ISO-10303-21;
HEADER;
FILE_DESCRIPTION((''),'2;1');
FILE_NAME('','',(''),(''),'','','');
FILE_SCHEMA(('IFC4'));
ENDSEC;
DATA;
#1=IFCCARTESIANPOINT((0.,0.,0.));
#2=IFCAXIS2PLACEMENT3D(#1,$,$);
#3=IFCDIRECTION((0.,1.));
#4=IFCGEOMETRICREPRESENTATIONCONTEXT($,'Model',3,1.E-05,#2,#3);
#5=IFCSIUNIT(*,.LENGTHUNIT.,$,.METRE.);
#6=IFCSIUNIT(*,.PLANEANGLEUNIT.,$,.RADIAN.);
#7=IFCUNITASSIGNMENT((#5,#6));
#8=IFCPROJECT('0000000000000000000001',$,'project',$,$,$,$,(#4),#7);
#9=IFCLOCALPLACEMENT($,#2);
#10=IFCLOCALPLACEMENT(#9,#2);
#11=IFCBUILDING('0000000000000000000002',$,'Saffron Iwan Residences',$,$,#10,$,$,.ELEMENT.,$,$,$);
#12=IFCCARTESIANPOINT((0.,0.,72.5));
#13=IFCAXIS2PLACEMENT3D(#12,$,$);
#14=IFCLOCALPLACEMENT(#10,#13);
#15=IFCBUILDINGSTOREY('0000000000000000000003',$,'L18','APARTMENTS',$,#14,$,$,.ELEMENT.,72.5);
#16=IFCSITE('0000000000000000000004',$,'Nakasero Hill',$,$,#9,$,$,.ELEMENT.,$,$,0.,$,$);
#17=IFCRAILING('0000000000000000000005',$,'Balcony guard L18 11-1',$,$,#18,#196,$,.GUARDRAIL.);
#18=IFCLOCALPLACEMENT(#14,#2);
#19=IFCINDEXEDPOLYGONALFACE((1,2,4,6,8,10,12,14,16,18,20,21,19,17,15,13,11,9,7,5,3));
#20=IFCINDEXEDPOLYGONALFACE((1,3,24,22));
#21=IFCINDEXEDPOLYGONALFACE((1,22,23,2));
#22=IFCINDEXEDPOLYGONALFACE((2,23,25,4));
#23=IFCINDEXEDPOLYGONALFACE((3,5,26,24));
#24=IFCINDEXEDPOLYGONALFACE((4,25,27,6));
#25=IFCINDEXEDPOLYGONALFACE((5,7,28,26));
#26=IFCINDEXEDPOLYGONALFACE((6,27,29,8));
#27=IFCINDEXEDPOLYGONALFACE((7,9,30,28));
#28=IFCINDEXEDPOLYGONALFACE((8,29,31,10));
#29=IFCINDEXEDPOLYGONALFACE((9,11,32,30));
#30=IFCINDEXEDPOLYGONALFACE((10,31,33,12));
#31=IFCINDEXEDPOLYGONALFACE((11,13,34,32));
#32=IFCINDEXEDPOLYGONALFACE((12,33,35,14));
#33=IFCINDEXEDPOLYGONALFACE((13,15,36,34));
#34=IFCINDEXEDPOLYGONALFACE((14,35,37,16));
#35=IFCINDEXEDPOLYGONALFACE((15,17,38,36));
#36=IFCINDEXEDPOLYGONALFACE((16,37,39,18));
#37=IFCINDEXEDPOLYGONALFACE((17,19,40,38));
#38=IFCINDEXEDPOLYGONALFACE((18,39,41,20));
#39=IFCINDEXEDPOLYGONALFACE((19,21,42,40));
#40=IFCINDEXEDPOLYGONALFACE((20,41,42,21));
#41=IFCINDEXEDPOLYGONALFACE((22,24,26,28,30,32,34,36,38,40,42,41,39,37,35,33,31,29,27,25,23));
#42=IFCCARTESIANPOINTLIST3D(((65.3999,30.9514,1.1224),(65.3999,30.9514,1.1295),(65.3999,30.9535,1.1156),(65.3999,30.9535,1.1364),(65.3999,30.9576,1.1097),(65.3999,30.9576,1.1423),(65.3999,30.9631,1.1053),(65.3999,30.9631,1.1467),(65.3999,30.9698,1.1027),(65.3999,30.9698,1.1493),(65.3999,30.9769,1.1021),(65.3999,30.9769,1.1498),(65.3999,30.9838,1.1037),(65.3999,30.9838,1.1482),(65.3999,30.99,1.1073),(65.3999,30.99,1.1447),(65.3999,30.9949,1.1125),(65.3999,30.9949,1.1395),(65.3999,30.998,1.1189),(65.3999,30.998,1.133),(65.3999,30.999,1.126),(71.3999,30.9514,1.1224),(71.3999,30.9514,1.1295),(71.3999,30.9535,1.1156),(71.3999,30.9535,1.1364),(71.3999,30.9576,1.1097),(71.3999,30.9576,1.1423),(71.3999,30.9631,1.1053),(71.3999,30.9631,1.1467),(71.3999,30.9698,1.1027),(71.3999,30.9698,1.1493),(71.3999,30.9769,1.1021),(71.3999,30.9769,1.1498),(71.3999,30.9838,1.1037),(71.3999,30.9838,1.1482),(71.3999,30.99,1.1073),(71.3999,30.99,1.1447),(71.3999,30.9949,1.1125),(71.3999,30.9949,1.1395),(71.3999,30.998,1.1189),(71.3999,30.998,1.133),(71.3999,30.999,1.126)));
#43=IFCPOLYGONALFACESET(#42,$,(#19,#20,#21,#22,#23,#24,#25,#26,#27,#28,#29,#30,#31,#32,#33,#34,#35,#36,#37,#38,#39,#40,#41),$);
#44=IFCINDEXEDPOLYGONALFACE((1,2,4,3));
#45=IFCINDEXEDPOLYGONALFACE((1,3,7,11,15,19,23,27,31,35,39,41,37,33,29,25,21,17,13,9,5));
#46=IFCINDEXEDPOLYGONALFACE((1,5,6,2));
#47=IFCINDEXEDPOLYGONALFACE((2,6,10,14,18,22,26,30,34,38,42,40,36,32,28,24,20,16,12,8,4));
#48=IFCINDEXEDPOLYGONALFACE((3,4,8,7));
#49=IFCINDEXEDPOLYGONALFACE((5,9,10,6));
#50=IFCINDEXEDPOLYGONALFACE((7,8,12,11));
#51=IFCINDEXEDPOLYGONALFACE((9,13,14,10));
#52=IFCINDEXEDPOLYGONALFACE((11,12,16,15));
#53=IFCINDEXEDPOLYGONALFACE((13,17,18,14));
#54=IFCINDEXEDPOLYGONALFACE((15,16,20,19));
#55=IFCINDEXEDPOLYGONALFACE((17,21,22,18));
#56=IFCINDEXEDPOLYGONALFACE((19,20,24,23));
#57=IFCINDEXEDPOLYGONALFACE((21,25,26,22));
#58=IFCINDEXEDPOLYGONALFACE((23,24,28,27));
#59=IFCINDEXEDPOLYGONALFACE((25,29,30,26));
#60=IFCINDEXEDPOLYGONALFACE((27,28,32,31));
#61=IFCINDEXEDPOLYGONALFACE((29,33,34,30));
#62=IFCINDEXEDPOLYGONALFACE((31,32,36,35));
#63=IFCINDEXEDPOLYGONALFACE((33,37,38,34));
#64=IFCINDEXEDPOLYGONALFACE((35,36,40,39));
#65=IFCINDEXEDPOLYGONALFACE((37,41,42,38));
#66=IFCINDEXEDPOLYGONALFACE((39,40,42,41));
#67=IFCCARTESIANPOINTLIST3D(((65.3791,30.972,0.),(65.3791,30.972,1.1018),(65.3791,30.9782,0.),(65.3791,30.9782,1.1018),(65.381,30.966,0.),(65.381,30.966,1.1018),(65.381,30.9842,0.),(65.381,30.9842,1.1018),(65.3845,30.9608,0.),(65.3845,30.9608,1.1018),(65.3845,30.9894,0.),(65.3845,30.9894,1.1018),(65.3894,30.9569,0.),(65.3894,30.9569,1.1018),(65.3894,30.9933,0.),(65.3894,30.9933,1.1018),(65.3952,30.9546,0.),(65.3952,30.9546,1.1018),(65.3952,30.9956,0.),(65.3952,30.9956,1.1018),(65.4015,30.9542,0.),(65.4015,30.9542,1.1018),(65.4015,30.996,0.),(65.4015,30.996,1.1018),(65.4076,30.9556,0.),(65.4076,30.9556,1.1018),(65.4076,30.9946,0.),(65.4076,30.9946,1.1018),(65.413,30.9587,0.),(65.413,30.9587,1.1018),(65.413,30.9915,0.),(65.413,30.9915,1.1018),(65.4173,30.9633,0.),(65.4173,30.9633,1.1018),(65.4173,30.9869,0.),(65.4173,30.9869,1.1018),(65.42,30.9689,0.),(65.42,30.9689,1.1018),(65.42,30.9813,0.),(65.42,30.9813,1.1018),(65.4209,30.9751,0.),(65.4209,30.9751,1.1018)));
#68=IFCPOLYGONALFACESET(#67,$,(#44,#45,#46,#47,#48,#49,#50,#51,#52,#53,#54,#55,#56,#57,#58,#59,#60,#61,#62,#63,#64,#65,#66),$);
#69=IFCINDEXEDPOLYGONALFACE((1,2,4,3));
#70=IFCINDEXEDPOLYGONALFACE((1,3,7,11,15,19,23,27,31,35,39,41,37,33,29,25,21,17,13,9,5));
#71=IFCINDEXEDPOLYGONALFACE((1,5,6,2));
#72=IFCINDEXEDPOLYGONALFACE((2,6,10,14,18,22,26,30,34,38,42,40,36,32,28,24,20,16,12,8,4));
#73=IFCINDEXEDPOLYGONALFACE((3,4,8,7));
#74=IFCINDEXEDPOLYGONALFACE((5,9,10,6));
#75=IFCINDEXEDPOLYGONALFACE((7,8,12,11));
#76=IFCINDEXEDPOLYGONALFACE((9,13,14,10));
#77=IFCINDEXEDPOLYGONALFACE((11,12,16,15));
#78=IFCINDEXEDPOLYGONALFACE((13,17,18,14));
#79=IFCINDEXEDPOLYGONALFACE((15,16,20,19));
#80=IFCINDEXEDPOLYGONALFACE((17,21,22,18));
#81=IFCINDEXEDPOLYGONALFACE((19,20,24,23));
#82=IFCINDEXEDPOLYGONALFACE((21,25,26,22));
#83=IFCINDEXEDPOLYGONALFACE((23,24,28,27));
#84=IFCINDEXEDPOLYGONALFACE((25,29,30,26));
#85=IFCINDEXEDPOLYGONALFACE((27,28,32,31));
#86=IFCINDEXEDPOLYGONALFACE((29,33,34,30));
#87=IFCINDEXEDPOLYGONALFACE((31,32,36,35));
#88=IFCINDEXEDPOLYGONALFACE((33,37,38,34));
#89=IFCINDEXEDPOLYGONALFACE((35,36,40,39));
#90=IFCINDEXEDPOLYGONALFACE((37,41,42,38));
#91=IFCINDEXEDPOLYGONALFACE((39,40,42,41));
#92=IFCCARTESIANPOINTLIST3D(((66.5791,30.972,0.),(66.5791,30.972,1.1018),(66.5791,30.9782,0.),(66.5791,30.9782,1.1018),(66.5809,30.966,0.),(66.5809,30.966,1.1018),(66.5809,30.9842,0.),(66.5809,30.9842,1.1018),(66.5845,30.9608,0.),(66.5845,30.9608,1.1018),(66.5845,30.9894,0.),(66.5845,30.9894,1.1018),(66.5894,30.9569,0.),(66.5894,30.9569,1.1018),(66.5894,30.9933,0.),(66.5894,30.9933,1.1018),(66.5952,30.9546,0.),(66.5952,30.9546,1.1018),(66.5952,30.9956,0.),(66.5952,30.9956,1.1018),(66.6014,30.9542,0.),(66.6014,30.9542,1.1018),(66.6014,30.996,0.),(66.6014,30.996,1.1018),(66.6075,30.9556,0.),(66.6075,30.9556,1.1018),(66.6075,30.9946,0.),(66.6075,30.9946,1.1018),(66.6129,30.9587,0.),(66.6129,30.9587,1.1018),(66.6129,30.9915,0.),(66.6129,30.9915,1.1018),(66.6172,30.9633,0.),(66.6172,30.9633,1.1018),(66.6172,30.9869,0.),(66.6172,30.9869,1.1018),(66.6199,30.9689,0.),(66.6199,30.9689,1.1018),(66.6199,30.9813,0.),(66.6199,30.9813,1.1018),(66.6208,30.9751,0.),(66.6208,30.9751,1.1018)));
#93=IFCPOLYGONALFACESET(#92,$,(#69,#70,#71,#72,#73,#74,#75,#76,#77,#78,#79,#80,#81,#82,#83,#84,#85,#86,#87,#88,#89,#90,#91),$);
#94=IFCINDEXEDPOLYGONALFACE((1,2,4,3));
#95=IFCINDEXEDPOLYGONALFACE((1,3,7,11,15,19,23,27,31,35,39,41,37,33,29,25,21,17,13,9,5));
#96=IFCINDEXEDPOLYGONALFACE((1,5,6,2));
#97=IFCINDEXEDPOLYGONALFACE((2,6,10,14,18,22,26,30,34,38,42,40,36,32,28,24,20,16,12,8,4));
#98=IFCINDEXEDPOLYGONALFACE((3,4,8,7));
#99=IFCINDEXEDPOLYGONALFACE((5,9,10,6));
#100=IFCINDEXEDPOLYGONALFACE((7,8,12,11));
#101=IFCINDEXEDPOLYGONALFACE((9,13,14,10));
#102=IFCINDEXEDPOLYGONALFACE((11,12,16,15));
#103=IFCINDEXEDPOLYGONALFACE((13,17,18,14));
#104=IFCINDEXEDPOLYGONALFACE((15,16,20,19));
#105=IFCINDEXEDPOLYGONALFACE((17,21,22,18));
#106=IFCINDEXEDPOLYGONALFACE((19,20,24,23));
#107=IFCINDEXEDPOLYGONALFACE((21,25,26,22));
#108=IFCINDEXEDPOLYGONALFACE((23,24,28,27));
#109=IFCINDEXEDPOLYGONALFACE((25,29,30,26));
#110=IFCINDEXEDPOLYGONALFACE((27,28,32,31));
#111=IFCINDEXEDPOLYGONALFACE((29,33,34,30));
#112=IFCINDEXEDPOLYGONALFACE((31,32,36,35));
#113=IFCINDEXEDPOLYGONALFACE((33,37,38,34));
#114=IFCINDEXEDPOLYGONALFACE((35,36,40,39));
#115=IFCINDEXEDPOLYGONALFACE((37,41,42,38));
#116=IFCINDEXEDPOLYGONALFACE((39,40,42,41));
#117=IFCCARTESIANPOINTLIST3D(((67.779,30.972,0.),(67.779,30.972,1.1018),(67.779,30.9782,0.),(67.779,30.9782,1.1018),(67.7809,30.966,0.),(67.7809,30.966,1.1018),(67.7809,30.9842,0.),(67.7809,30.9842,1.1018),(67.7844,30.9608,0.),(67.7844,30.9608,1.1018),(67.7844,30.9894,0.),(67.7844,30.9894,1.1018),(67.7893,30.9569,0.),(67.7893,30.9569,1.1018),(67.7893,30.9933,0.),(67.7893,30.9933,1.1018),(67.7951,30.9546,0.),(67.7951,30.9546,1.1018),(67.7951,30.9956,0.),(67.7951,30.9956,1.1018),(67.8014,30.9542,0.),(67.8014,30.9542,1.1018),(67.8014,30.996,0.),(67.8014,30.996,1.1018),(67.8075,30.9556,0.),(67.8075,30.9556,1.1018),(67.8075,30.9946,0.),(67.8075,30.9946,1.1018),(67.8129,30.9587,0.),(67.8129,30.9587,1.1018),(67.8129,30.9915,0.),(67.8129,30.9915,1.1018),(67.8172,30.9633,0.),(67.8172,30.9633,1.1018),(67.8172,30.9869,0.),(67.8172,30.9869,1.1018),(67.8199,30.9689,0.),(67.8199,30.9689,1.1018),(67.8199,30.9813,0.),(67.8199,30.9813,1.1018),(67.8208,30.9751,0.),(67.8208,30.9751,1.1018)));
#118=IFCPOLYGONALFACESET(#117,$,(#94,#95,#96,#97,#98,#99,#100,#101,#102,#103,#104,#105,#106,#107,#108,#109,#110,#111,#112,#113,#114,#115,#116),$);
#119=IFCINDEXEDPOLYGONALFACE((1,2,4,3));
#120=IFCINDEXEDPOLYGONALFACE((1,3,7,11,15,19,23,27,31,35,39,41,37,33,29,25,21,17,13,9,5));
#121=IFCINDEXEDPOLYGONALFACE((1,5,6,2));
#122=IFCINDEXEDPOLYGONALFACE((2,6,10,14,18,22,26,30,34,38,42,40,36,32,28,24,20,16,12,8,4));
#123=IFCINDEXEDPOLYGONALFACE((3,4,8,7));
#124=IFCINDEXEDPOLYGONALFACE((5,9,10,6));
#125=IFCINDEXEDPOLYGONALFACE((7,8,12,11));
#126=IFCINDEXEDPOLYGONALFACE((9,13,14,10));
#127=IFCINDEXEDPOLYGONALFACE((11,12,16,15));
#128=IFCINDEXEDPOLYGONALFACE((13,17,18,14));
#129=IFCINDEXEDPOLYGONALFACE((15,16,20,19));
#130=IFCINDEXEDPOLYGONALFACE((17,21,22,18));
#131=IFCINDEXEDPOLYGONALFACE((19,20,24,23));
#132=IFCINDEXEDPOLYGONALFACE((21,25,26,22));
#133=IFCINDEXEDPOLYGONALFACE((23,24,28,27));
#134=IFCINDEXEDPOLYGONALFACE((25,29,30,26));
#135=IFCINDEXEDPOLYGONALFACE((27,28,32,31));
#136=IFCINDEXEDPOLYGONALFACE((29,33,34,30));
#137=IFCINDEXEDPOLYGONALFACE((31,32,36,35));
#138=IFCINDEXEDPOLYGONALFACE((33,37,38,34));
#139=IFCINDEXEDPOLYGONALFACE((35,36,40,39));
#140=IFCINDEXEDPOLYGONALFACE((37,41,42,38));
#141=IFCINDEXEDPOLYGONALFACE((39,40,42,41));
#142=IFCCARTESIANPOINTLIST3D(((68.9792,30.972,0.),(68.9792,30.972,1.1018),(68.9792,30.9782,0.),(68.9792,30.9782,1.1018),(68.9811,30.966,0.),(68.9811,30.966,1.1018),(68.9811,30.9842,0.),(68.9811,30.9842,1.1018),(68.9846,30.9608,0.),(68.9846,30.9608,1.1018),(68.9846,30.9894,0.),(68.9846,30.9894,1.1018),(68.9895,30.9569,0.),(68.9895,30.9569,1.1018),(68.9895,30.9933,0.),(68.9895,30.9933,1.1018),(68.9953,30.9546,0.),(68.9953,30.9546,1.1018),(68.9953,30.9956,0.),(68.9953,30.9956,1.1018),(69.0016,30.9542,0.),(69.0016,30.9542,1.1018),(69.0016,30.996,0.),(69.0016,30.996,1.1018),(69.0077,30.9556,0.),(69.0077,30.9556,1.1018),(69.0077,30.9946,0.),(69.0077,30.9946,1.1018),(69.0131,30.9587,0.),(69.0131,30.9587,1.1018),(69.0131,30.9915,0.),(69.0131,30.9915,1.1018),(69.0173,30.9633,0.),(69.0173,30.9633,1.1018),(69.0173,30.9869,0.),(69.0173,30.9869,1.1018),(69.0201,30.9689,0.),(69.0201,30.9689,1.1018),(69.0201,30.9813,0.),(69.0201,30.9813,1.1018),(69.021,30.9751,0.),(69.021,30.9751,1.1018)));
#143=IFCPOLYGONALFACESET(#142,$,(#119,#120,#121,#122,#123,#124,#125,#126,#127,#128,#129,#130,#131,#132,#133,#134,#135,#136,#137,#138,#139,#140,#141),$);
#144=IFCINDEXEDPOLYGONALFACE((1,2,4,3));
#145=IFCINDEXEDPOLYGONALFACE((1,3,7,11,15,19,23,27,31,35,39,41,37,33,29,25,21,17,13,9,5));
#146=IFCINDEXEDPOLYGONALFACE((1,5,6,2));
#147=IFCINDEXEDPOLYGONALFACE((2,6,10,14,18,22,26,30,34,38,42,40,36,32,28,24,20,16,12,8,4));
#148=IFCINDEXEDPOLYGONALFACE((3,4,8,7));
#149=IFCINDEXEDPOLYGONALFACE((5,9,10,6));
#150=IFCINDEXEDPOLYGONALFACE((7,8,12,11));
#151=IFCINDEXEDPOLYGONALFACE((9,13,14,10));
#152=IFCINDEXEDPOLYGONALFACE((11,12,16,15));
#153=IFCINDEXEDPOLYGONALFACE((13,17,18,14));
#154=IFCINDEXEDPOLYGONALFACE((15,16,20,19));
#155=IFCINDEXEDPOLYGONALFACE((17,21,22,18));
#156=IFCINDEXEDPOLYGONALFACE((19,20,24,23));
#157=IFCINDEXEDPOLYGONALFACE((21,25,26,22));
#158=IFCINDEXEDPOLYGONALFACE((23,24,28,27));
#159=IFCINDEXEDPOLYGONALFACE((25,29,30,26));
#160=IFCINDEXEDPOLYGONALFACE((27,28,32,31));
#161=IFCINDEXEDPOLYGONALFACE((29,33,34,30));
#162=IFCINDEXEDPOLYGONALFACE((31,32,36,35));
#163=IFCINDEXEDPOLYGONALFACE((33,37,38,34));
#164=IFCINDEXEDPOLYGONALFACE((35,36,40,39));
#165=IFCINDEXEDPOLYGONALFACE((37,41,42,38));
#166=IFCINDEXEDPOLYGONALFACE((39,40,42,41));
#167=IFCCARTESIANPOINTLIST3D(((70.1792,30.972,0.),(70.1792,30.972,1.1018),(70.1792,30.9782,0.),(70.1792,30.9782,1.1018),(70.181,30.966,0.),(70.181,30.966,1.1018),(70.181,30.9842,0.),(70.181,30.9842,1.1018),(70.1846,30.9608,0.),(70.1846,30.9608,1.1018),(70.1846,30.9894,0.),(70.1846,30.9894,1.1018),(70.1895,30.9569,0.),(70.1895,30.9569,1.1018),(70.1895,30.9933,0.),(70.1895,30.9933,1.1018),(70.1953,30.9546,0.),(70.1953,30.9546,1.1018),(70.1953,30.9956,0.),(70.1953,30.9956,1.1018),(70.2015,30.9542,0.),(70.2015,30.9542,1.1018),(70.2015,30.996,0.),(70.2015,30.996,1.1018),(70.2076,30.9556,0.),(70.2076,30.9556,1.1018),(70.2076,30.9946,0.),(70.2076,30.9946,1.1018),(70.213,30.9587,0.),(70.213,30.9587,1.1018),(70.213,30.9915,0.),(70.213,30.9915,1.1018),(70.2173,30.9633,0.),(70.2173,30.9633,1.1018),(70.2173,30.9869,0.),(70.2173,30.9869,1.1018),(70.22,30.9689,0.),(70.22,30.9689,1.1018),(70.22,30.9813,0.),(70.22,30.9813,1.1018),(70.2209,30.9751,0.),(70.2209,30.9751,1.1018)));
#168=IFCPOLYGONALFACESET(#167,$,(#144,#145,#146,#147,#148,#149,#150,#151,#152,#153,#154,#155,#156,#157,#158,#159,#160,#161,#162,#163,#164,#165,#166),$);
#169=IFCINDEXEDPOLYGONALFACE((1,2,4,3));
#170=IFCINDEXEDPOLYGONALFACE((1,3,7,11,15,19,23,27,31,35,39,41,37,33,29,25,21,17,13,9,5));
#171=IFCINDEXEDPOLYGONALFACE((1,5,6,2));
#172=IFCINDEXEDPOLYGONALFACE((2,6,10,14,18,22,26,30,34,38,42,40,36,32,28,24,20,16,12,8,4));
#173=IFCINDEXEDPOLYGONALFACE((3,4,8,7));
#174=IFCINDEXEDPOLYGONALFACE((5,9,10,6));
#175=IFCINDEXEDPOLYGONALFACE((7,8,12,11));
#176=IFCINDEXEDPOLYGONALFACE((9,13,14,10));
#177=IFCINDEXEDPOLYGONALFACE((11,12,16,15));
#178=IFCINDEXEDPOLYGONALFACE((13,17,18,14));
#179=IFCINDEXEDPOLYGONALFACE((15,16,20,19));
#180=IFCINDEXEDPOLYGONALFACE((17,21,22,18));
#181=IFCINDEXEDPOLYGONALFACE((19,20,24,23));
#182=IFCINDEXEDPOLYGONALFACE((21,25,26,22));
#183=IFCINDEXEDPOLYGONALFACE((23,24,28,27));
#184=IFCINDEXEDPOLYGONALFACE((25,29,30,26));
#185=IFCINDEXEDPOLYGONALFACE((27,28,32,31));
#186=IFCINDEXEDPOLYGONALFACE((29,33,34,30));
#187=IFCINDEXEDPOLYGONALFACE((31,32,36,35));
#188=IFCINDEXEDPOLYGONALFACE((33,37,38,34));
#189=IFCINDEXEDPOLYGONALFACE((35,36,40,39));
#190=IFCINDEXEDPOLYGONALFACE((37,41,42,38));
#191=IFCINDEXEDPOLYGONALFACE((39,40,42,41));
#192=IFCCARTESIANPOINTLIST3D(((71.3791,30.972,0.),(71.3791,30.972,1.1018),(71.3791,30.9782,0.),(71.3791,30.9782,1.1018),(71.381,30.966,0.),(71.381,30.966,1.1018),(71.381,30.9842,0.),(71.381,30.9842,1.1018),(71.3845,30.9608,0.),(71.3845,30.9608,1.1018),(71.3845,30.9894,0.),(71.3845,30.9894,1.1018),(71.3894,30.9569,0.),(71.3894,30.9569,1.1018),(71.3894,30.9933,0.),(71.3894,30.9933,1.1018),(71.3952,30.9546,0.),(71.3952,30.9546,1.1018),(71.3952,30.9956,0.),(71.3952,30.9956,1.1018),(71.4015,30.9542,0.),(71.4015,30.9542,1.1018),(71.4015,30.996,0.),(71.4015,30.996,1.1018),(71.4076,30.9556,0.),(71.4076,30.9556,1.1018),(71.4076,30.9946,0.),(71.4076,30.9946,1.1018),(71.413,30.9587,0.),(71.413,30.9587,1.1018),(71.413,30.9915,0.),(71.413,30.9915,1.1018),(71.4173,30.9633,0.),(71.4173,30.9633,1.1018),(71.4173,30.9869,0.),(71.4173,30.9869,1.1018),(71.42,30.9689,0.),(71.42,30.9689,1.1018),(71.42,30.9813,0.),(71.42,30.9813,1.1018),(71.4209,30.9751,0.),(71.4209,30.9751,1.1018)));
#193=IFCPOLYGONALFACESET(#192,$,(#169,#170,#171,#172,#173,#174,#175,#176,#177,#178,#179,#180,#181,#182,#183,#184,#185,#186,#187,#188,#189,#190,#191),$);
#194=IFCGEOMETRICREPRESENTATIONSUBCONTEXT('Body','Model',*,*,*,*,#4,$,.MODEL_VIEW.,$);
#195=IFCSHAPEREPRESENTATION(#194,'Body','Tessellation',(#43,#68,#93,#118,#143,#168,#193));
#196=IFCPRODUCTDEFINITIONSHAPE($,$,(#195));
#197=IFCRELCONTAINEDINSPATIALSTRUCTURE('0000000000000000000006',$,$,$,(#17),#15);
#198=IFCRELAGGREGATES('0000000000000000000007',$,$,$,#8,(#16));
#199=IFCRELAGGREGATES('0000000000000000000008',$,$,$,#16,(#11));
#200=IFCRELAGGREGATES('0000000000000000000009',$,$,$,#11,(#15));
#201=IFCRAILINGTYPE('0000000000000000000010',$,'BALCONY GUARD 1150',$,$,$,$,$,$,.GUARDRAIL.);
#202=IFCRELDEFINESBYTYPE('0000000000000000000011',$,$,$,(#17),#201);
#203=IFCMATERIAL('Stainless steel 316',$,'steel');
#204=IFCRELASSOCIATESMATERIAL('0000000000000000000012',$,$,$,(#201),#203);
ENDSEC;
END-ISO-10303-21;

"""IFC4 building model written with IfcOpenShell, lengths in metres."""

from ifc_helpers import new_model, si_unit, direction, frame, origin, origin_2d, place, context, subcontext, project, spatial, circle, extrude, material, type_object, element, save


model = new_model("IFC4")

# Units and contexts
model_context = context("Model", 3, precision=1e-05, world=origin(), true_north=direction((0.0, 1.0)))
body_context = subcontext(model_context, "Body", "Model", "MODEL_VIEW")
ifc_project = project(units=[si_unit("LENGTHUNIT", "METRE"), si_unit("PLANEANGLEUNIT", "RADIAN")], contexts=[model_context])

# Site, building, storey
site_placement = place(None, origin())
site = spatial("IfcSite", under=ifc_project, at=site_placement, Name="Nakasero Hill", CompositionType="ELEMENT", RefElevation=0.0)
building_placement = place(site_placement, origin())
building = spatial("IfcBuilding", under=site, at=building_placement, Name="Saffron Iwan Residences", CompositionType="ELEMENT")
storey_placement = place(building_placement, frame((0.0, 0.0, 72.5)))
storey = spatial("IfcBuildingStorey", under=building, at=storey_placement, Name="L18", Description="APARTMENTS", CompositionType="ELEMENT", Elevation=72.5)

# Railing
ifc_material_1 = material(Name="Stainless steel 316", Category="steel")
railing_type = type_object("IfcRailingType", Name="BALCONY GUARD 1150", PredefinedType="GUARDRAIL", material=ifc_material_1)
railing_placement = place(storey_placement, frame((65.3999, 30.9751, 0.0)))
element("IfcRailing", 1, at=railing_placement, inside=storey, type_object=railing_type, Name="Balcony guard L18 11-1", PredefinedType="GUARDRAIL", context=body_context, shape_type="SweptSolid", body=[
    extrude(circle(Radius=0.0239, at=origin_2d()), frame((0.0, 0.0, 1.126), z_axis=(1.0, 0.0, 0.0), x_axis=(0.0, 1.0, 0.0)), (0.0, 0.0, 1.0), 6.0),
    extrude(circle(Radius=0.021, at=origin_2d()), origin(), (0.0, 0.0, 1.0), 1.1018),
    extrude(circle(Radius=0.021, at=origin_2d()), frame((1.2, 0.0, 0.0)), (0.0, 0.0, 1.0), 1.1018),
    extrude(circle(Radius=0.021, at=origin_2d()), frame((2.3999, 0.0, 0.0)), (0.0, 0.0, 1.0), 1.1018),
    extrude(circle(Radius=0.021, at=origin_2d()), frame((3.6001, 0.0, 0.0)), (0.0, 0.0, 1.0), 1.1018),
    extrude(circle(Radius=0.021, at=origin_2d()), frame((4.8, 0.0, 0.0)), (0.0, 0.0, 1.0), 1.1018),
    extrude(circle(Radius=0.021, at=origin_2d()), frame((6.0, 0.0, 0.0)), (0.0, 0.0, 1.0), 1.1018),
])

save(model, "model.ifc")
